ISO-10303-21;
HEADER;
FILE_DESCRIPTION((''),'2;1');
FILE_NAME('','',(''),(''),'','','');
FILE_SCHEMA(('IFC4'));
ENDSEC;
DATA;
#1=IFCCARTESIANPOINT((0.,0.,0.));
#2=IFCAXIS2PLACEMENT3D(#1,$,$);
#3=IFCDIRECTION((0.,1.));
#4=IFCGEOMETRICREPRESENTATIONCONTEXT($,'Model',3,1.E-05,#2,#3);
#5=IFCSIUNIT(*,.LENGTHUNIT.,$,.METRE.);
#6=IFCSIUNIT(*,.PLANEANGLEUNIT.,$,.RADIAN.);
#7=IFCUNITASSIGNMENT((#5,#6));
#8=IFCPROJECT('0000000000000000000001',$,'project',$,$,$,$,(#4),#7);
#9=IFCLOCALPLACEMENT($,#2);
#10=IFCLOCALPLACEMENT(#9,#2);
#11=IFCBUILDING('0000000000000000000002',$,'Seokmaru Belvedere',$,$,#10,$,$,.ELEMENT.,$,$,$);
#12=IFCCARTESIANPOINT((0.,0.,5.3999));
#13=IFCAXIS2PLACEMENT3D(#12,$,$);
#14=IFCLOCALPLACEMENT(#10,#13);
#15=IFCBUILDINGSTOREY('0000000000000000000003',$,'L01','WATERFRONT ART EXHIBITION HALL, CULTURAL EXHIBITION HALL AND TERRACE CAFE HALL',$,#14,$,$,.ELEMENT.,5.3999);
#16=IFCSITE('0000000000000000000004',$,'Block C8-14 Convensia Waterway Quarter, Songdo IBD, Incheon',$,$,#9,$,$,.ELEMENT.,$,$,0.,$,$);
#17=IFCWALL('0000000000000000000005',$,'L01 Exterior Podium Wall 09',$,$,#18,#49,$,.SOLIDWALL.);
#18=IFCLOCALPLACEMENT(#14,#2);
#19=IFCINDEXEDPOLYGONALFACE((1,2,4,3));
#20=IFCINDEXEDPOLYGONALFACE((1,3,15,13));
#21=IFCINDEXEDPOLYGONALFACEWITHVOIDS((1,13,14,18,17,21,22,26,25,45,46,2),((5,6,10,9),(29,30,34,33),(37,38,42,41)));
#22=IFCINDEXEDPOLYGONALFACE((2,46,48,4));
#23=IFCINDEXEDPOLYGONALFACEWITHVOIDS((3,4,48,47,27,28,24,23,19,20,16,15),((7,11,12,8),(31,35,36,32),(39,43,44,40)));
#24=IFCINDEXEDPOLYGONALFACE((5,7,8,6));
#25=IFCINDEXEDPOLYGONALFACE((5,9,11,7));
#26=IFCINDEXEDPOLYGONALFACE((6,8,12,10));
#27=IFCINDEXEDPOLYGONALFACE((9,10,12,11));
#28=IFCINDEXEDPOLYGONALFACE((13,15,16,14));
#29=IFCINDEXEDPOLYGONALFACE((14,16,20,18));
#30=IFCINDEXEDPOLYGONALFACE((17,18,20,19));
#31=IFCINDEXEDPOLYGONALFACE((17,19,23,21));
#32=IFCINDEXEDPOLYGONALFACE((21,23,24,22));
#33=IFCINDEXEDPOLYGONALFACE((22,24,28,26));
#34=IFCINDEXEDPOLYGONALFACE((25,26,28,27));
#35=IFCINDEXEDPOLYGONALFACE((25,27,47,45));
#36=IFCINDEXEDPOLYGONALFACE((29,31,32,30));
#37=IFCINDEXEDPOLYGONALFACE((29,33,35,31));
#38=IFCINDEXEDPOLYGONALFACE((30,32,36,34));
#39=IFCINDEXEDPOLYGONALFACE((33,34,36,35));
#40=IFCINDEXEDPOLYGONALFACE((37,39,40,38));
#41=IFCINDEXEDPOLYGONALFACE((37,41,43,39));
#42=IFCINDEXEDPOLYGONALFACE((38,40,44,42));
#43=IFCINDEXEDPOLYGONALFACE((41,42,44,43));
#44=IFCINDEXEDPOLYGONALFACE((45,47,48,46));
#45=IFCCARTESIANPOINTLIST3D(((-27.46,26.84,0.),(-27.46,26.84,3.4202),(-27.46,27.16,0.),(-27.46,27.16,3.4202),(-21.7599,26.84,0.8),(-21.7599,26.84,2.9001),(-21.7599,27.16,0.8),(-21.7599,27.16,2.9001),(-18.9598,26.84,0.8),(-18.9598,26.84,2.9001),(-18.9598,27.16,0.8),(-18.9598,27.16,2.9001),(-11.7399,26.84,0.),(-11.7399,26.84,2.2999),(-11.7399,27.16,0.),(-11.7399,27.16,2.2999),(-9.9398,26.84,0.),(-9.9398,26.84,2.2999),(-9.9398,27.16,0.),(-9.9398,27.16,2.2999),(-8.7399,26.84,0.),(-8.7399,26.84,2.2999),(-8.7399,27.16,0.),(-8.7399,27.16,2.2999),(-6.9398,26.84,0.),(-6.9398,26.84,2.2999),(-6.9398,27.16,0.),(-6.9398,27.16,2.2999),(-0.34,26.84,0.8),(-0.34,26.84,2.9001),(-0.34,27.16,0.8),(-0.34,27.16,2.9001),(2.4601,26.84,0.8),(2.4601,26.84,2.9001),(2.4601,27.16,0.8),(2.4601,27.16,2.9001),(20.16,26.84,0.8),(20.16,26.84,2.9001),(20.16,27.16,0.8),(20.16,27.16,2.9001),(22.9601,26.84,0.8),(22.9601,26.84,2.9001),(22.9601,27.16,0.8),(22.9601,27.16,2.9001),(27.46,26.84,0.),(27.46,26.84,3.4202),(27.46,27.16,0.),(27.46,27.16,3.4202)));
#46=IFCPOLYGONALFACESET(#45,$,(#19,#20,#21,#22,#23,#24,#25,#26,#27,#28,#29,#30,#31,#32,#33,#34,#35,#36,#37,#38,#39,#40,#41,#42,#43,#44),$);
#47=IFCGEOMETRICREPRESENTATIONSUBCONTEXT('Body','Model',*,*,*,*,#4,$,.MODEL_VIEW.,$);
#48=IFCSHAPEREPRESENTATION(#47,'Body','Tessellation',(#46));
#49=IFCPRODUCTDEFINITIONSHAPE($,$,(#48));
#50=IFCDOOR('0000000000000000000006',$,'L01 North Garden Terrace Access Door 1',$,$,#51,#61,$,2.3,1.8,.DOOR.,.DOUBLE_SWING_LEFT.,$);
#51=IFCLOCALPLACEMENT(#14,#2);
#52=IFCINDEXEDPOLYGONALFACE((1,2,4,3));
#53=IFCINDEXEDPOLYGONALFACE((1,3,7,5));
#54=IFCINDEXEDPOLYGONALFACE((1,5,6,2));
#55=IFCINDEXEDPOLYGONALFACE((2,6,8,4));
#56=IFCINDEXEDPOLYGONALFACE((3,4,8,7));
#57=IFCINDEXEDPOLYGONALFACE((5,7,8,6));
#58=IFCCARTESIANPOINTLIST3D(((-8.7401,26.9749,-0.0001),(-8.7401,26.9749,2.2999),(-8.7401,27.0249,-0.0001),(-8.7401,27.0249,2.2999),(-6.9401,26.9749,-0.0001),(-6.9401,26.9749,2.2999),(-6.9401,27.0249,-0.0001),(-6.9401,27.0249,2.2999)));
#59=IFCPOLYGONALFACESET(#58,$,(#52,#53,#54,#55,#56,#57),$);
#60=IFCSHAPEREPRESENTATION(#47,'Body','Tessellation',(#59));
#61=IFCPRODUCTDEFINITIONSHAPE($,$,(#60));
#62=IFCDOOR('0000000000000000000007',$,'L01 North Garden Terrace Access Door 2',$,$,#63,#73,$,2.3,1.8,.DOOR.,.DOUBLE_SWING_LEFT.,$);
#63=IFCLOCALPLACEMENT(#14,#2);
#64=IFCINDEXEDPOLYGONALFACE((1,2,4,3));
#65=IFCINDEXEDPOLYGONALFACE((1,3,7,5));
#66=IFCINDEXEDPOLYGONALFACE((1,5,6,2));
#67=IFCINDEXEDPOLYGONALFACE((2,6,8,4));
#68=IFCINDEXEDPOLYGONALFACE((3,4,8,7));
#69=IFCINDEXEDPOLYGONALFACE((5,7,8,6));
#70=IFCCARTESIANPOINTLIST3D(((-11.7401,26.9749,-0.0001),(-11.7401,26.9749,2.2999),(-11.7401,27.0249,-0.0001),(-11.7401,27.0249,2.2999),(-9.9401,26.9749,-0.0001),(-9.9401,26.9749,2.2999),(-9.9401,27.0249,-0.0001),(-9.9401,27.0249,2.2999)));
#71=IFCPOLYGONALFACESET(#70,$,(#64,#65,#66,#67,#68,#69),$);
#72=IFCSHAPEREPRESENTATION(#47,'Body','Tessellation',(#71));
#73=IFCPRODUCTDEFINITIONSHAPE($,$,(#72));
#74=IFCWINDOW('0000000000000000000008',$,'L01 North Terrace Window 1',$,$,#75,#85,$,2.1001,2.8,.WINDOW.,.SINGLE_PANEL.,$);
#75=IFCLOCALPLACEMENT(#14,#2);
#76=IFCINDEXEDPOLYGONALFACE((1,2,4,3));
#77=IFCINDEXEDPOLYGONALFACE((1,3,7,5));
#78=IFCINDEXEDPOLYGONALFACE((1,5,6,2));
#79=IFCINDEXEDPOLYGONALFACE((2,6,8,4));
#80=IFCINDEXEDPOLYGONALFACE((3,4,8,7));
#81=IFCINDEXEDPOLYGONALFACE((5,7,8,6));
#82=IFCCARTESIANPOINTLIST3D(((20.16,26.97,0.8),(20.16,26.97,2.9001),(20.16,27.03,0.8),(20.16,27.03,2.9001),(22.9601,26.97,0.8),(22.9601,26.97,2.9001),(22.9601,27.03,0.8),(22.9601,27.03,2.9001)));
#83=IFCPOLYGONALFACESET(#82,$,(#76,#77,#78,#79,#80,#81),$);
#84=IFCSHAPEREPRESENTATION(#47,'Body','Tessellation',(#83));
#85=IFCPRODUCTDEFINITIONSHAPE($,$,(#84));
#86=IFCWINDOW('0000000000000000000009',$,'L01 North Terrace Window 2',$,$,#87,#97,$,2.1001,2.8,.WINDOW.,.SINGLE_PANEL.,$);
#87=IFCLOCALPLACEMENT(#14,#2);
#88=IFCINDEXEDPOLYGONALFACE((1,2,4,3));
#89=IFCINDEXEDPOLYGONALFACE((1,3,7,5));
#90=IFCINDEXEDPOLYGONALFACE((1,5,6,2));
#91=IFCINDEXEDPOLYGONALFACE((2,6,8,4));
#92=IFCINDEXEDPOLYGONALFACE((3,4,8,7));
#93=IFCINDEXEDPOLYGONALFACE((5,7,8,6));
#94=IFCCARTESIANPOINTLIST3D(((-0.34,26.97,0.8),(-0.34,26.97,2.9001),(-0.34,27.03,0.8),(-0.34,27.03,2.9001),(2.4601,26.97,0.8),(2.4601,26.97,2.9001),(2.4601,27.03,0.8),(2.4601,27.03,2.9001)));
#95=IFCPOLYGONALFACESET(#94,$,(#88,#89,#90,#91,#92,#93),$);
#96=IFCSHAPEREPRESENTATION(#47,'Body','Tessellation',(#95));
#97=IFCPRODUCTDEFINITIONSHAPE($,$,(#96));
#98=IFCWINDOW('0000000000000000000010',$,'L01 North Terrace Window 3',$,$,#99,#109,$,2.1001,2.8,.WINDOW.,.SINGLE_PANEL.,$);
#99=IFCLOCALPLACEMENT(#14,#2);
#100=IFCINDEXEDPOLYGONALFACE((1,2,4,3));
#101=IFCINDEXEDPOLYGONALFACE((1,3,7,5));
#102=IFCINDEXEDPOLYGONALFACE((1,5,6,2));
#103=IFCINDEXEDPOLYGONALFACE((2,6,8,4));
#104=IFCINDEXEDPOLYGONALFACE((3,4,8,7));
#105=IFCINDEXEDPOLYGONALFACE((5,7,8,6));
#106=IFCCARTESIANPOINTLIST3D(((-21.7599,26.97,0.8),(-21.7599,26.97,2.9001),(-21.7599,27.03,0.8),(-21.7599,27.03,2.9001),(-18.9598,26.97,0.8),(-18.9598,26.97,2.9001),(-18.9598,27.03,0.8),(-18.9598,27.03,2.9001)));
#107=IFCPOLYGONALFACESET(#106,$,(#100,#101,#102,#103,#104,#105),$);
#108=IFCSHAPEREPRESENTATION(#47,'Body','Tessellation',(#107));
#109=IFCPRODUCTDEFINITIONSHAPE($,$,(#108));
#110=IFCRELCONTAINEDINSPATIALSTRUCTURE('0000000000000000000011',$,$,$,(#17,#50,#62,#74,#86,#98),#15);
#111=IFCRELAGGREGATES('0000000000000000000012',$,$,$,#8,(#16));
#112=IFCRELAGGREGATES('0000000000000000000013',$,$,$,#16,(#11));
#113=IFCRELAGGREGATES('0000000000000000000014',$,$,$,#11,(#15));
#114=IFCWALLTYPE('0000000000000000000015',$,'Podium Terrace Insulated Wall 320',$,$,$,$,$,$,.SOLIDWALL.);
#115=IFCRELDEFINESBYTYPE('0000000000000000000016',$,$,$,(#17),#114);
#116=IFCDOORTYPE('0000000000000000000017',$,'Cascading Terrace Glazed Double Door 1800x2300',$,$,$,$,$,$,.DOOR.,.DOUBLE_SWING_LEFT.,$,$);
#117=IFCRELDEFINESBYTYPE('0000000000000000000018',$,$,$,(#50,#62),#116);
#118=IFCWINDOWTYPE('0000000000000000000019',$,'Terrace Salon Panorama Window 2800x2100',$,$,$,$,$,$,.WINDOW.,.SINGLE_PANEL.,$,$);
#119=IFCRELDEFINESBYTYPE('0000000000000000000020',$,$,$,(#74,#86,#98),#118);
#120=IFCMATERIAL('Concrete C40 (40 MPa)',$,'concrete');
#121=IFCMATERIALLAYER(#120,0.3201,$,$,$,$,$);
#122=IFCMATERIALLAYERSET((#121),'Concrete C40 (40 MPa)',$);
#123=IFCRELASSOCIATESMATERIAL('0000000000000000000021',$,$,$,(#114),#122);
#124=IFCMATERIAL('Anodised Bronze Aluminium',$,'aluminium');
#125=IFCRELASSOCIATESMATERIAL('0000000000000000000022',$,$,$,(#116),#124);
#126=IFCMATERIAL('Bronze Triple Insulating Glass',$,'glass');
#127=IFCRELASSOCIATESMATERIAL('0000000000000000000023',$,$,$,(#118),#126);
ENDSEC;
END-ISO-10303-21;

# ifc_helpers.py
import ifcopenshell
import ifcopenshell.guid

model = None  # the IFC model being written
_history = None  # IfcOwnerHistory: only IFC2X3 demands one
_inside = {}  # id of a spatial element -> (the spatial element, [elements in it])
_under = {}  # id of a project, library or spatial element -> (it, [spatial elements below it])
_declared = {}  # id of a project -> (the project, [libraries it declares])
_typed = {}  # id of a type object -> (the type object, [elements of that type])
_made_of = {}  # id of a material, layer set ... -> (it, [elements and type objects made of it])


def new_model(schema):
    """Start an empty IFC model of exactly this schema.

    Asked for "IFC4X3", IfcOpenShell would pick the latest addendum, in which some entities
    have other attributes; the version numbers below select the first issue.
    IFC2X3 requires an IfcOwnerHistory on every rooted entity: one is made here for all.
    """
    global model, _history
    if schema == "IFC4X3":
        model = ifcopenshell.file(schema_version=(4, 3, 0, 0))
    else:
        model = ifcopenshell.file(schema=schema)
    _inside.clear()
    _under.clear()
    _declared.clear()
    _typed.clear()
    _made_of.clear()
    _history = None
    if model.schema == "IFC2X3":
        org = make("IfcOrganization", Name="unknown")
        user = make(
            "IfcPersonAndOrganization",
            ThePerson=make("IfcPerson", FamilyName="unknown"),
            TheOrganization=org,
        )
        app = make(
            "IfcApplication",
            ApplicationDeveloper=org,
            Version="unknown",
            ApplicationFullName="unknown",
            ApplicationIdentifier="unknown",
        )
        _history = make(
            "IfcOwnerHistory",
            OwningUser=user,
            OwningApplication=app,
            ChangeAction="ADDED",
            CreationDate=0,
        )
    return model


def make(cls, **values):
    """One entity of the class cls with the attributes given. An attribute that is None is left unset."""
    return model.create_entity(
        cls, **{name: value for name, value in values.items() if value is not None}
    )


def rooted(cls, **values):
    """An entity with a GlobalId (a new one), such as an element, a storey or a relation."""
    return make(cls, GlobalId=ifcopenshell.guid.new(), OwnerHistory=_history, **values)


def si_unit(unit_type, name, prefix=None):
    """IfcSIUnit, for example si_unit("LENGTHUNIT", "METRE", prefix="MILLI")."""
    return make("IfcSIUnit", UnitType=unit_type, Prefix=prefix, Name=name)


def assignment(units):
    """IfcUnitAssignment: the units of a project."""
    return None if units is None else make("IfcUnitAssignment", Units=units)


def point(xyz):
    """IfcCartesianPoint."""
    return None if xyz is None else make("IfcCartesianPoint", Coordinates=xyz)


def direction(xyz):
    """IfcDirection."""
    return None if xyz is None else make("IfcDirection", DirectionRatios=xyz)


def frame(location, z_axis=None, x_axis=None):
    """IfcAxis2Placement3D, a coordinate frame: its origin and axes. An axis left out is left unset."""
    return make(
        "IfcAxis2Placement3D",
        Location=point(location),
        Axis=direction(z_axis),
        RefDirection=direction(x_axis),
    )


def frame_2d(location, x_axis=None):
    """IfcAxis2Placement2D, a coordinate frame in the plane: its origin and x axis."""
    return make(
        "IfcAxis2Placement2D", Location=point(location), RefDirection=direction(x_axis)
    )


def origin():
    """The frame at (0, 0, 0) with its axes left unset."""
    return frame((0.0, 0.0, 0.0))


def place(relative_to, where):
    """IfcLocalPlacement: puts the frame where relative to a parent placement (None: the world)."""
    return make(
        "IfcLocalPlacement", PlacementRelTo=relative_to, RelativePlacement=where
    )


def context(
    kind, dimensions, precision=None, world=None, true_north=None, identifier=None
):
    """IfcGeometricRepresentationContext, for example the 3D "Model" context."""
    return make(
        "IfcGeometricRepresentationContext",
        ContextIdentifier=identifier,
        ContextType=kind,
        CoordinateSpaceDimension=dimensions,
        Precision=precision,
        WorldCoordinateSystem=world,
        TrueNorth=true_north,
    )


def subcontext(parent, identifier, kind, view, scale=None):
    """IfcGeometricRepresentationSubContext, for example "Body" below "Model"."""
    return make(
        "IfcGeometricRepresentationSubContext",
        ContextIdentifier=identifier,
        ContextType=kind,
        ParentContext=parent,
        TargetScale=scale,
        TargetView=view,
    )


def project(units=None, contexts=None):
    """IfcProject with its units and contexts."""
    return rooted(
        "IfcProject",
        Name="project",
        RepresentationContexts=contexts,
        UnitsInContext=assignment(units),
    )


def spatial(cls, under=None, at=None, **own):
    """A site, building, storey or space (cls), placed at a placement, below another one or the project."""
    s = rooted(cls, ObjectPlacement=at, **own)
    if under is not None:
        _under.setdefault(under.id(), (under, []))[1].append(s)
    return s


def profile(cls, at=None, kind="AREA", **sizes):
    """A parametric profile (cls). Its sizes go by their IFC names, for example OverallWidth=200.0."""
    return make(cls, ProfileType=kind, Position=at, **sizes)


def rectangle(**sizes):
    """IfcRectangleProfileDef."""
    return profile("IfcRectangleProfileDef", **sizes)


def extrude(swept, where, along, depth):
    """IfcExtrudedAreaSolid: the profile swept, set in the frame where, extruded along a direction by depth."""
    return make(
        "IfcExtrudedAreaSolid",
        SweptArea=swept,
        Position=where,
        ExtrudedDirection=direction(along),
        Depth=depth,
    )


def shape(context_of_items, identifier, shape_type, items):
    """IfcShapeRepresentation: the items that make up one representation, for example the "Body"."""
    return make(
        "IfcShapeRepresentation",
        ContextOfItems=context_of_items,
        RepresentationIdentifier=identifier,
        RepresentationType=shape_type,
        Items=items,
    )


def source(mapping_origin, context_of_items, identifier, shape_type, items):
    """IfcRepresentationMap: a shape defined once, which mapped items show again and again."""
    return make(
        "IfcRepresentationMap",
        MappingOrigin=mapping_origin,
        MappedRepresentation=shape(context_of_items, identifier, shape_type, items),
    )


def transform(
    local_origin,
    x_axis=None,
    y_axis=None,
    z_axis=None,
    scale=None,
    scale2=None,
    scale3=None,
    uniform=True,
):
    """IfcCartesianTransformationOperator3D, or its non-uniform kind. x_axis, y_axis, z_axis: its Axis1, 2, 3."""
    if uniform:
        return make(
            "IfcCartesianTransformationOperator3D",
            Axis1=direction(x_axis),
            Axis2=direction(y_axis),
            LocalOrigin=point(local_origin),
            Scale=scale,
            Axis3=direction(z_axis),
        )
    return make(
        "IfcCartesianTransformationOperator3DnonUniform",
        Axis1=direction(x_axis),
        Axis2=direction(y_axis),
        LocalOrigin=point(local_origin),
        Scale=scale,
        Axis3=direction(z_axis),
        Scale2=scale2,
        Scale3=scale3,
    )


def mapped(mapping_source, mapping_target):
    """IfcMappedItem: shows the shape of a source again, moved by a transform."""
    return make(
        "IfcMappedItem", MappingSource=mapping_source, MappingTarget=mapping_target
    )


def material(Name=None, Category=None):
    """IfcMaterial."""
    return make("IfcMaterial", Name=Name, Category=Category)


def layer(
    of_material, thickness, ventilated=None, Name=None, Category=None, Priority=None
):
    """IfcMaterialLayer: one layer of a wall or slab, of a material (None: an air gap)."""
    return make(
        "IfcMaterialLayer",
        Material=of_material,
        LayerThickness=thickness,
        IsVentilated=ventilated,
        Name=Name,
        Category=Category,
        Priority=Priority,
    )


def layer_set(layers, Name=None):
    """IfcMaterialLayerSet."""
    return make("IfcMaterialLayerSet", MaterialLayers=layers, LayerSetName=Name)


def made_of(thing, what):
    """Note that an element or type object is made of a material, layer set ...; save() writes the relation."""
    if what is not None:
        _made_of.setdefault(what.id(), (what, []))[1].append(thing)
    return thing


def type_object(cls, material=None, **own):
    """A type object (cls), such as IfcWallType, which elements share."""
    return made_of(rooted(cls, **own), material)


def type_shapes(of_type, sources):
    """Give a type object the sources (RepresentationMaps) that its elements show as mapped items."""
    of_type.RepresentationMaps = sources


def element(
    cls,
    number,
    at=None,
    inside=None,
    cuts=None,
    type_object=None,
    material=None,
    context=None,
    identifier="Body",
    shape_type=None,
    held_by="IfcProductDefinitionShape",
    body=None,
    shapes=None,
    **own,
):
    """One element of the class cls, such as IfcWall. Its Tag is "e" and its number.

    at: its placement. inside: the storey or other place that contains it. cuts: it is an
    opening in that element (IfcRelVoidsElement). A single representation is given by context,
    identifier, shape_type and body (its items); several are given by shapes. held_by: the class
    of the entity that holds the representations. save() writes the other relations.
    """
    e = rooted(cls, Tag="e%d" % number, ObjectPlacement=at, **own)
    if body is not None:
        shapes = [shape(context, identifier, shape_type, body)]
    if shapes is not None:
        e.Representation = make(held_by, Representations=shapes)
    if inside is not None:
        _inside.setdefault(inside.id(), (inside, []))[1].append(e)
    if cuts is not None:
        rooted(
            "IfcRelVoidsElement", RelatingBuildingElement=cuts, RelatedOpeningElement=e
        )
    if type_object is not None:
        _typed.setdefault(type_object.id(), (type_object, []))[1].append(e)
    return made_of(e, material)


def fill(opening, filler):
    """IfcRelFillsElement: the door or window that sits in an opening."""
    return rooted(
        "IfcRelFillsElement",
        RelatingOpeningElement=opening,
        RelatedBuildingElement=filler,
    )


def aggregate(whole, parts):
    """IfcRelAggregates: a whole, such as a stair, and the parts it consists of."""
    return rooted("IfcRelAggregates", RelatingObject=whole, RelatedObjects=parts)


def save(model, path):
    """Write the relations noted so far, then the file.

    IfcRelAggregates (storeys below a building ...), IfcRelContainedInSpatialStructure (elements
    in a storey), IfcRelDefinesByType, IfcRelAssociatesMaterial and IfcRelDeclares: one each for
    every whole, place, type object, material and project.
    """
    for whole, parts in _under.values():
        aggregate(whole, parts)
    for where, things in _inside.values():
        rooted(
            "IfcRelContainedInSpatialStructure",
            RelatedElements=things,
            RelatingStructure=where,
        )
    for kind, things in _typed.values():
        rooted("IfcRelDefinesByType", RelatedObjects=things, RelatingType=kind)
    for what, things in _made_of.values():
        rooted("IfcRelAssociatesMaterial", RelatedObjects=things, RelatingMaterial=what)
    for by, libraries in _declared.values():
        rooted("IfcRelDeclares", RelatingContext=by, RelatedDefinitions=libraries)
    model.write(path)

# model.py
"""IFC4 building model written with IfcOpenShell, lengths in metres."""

from ifc_helpers import new_model, si_unit, direction, frame, frame_2d, origin, place, context, subcontext, project, spatial, rectangle, extrude, source, transform, mapped, material, layer, layer_set, type_object, type_shapes, element, fill, save


model = new_model("IFC4")

# Units and contexts
model_context = context("Model", 3, precision=1e-05, world=origin(), true_north=direction((0.0, 1.0)))
body_context = subcontext(model_context, "Body", "Model", "MODEL_VIEW")
ifc_project = project(units=[si_unit("LENGTHUNIT", "METRE"), si_unit("PLANEANGLEUNIT", "RADIAN")], contexts=[model_context])

# Site, building, storey
site_placement = place(None, origin())
site = spatial("IfcSite", under=ifc_project, at=site_placement, Name="Block C8-14 Convensia Waterway Quarter, Songdo IBD, Incheon", CompositionType="ELEMENT", RefElevation=0.0)
building_placement = place(site_placement, origin())
building = spatial("IfcBuilding", under=site, at=building_placement, Name="Seokmaru Belvedere", CompositionType="ELEMENT")
storey_placement = place(building_placement, frame((0.0, 0.0, 5.3999)))
storey = spatial("IfcBuildingStorey", under=building, at=storey_placement, Name="L01", Description="WATERFRONT ART EXHIBITION HALL, CULTURAL EXHIBITION HALL AND TERRACE CAFE HALL", CompositionType="ELEMENT", Elevation=5.3999)

# Wall, openings, doors, windows
ifc_material_1 = material(Name="Concrete C40 (40 MPa)", Category="concrete")
ifc_layer = layer(ifc_material_1, 0.3201)
ifc_layer_set = layer_set([ifc_layer], Name="Concrete C40 (40 MPa)")
wall_type = type_object("IfcWallType", Name="Podium Terrace Insulated Wall 320", PredefinedType="SOLIDWALL", material=ifc_layer_set)
wall_placement = place(storey_placement, frame((27.46, 27.0, 0.0), z_axis=(0.0, 0.0, 1.0), x_axis=(-1.0, 0.0, 0.0)))
wall = element("IfcWall", 1, at=wall_placement, inside=storey, type_object=wall_type, Name="L01 Exterior Podium Wall 09", PredefinedType="SOLIDWALL", context=body_context, shape_type="SweptSolid", body=[
    extrude(rectangle(XDim=54.9199, YDim=0.3201, at=frame_2d((27.46, 0.0))), origin(), (0.0, 0.0, 1.0), 3.4202),
])
opening_1_placement = place(wall_placement, frame((34.3999, 0.0, 0.0)))
opening_1 = element("IfcOpeningElement", 2, at=opening_1_placement, cuts=wall, PredefinedType="OPENING", context=body_context, shape_type="SweptSolid", body=[
    extrude(rectangle(XDim=1.8, YDim=2.3, at=frame_2d((0.8999, 1.1499))), frame((0.0, 0.1699, 0.0), z_axis=(0.0, -1.0, 0.0), x_axis=(1.0, 0.0, 0.0)), (0.0, 0.0, 1.0), 0.3401),
])
opening_2_placement = place(wall_placement, frame((37.3999, 0.0, 0.0)))
opening_2 = element("IfcOpeningElement", 3, at=opening_2_placement, cuts=wall, PredefinedType="OPENING", context=body_context, shape_type="SweptSolid", body=[
    extrude(rectangle(XDim=1.8, YDim=2.3, at=frame_2d((0.8999, 1.1499))), frame((0.0, 0.1699, 0.0), z_axis=(0.0, -1.0, 0.0), x_axis=(1.0, 0.0, 0.0)), (0.0, 0.0, 1.0), 0.3401),
])
opening_3_placement = place(wall_placement, frame((4.5, 0.0, 0.8)))
opening_3 = element("IfcOpeningElement", 4, at=opening_3_placement, cuts=wall, PredefinedType="OPENING", context=body_context, shape_type="SweptSolid", body=[
    extrude(rectangle(XDim=2.8, YDim=2.1001, at=frame_2d((1.3999, 1.05))), frame((0.0, 0.1699, 0.0), z_axis=(0.0, -1.0, 0.0), x_axis=(1.0, 0.0, 0.0)), (0.0, 0.0, 1.0), 0.3401),
])
opening_4_placement = place(wall_placement, frame((25.0, 0.0, 0.8)))
opening_4 = element("IfcOpeningElement", 5, at=opening_4_placement, cuts=wall, PredefinedType="OPENING", context=body_context, shape_type="SweptSolid", body=[
    extrude(rectangle(XDim=2.8, YDim=2.1001, at=frame_2d((1.3999, 1.05))), frame((0.0, 0.1699, 0.0), z_axis=(0.0, -1.0, 0.0), x_axis=(1.0, 0.0, 0.0)), (0.0, 0.0, 1.0), 0.3401),
])
opening_5_placement = place(wall_placement, frame((46.4199, 0.0, 0.8)))
opening_5 = element("IfcOpeningElement", 6, at=opening_5_placement, cuts=wall, PredefinedType="OPENING", context=body_context, shape_type="SweptSolid", body=[
    extrude(rectangle(XDim=2.8, YDim=2.1001, at=frame_2d((1.3999, 1.05))), frame((0.0, 0.1699, 0.0), z_axis=(0.0, -1.0, 0.0), x_axis=(1.0, 0.0, 0.0)), (0.0, 0.0, 1.0), 0.3401),
])
ifc_material_2 = material(Name="Anodised Bronze Aluminium", Category="aluminium")
door_type = type_object("IfcDoorType", Name="Cascading Terrace Glazed Double Door 1800x2300", OperationType="DOUBLE_SWING_LEFT", PredefinedType="DOOR", material=ifc_material_2)
shared_shape_1 = source(origin(), body_context, "Body", "SweptSolid", [
    extrude(rectangle(XDim=1.8, YDim=2.3, at=frame_2d((0.8999, 1.1499))), frame((0.0, 0.0249, 0.0), z_axis=(0.0, -1.0, 0.0), x_axis=(1.0, 0.0, 0.0)), (0.0, 0.0, 1.0), 0.05),
])
type_shapes(door_type, [shared_shape_1])
door_1_placement = place(opening_1_placement, frame((1.8, 0.0, 0.0), z_axis=(0.0, 0.0, 1.0), x_axis=(-1.0, 0.0, 0.0)))
door_1 = element("IfcDoor", 7, at=door_1_placement, inside=storey, type_object=door_type, Name="L01 North Garden Terrace Access Door 1", OperationType="DOUBLE_SWING_LEFT", OverallHeight=2.3, OverallWidth=1.8, PredefinedType="DOOR", context=body_context, shape_type="MappedRepresentation", body=[
    mapped(shared_shape_1, transform((0.0, 0.0, 0.0), scale=1.0)),
])
fill(opening_1, door_1)
door_2_placement = place(opening_2_placement, frame((1.8, 0.0, 0.0), z_axis=(0.0, 0.0, 1.0), x_axis=(-1.0, 0.0, 0.0)))
door_2 = element("IfcDoor", 8, at=door_2_placement, inside=storey, type_object=door_type, Name="L01 North Garden Terrace Access Door 2", OperationType="DOUBLE_SWING_LEFT", OverallHeight=2.3, OverallWidth=1.8, PredefinedType="DOOR", context=body_context, shape_type="MappedRepresentation", body=[
    mapped(shared_shape_1, transform((0.0, 0.0, 0.0), scale=1.0)),
])
fill(opening_2, door_2)
ifc_material_3 = material(Name="Bronze Triple Insulating Glass", Category="glass")
window_type = type_object("IfcWindowType", Name="Terrace Salon Panorama Window 2800x2100", PartitioningType="SINGLE_PANEL", PredefinedType="WINDOW", material=ifc_material_3)
shared_shape_2 = source(origin(), body_context, "Body", "SweptSolid", [
    extrude(rectangle(XDim=2.8, YDim=2.1001, at=frame_2d((1.3999, 1.05))), frame((0.0, 0.03, 0.0), z_axis=(0.0, -1.0, 0.0), x_axis=(1.0, 0.0, 0.0)), (0.0, 0.0, 1.0), 0.0601),
])
type_shapes(window_type, [shared_shape_2])
window_1_placement = place(opening_3_placement, origin())
window_1 = element("IfcWindow", 9, at=window_1_placement, inside=storey, type_object=window_type, Name="L01 North Terrace Window 1", OverallHeight=2.1001, OverallWidth=2.8, PartitioningType="SINGLE_PANEL", PredefinedType="WINDOW", context=body_context, shape_type="MappedRepresentation", body=[
    mapped(shared_shape_2, transform((0.0, 0.0, 0.0), scale=1.0)),
])
fill(opening_3, window_1)
window_2_placement = place(opening_4_placement, origin())
window_2 = element("IfcWindow", 10, at=window_2_placement, inside=storey, type_object=window_type, Name="L01 North Terrace Window 2", OverallHeight=2.1001, OverallWidth=2.8, PartitioningType="SINGLE_PANEL", PredefinedType="WINDOW", context=body_context, shape_type="MappedRepresentation", body=[
    mapped(shared_shape_2, transform((0.0, 0.0, 0.0), scale=1.0)),
])
fill(opening_4, window_2)
window_3_placement = place(opening_5_placement, origin())
window_3 = element("IfcWindow", 11, at=window_3_placement, inside=storey, type_object=window_type, Name="L01 North Terrace Window 3", OverallHeight=2.1001, OverallWidth=2.8, PartitioningType="SINGLE_PANEL", PredefinedType="WINDOW", context=body_context, shape_type="MappedRepresentation", body=[
    mapped(shared_shape_2, transform((0.0, 0.0, 0.0), scale=1.0)),
])
fill(opening_5, window_3)

save(model, "model.ifc")
